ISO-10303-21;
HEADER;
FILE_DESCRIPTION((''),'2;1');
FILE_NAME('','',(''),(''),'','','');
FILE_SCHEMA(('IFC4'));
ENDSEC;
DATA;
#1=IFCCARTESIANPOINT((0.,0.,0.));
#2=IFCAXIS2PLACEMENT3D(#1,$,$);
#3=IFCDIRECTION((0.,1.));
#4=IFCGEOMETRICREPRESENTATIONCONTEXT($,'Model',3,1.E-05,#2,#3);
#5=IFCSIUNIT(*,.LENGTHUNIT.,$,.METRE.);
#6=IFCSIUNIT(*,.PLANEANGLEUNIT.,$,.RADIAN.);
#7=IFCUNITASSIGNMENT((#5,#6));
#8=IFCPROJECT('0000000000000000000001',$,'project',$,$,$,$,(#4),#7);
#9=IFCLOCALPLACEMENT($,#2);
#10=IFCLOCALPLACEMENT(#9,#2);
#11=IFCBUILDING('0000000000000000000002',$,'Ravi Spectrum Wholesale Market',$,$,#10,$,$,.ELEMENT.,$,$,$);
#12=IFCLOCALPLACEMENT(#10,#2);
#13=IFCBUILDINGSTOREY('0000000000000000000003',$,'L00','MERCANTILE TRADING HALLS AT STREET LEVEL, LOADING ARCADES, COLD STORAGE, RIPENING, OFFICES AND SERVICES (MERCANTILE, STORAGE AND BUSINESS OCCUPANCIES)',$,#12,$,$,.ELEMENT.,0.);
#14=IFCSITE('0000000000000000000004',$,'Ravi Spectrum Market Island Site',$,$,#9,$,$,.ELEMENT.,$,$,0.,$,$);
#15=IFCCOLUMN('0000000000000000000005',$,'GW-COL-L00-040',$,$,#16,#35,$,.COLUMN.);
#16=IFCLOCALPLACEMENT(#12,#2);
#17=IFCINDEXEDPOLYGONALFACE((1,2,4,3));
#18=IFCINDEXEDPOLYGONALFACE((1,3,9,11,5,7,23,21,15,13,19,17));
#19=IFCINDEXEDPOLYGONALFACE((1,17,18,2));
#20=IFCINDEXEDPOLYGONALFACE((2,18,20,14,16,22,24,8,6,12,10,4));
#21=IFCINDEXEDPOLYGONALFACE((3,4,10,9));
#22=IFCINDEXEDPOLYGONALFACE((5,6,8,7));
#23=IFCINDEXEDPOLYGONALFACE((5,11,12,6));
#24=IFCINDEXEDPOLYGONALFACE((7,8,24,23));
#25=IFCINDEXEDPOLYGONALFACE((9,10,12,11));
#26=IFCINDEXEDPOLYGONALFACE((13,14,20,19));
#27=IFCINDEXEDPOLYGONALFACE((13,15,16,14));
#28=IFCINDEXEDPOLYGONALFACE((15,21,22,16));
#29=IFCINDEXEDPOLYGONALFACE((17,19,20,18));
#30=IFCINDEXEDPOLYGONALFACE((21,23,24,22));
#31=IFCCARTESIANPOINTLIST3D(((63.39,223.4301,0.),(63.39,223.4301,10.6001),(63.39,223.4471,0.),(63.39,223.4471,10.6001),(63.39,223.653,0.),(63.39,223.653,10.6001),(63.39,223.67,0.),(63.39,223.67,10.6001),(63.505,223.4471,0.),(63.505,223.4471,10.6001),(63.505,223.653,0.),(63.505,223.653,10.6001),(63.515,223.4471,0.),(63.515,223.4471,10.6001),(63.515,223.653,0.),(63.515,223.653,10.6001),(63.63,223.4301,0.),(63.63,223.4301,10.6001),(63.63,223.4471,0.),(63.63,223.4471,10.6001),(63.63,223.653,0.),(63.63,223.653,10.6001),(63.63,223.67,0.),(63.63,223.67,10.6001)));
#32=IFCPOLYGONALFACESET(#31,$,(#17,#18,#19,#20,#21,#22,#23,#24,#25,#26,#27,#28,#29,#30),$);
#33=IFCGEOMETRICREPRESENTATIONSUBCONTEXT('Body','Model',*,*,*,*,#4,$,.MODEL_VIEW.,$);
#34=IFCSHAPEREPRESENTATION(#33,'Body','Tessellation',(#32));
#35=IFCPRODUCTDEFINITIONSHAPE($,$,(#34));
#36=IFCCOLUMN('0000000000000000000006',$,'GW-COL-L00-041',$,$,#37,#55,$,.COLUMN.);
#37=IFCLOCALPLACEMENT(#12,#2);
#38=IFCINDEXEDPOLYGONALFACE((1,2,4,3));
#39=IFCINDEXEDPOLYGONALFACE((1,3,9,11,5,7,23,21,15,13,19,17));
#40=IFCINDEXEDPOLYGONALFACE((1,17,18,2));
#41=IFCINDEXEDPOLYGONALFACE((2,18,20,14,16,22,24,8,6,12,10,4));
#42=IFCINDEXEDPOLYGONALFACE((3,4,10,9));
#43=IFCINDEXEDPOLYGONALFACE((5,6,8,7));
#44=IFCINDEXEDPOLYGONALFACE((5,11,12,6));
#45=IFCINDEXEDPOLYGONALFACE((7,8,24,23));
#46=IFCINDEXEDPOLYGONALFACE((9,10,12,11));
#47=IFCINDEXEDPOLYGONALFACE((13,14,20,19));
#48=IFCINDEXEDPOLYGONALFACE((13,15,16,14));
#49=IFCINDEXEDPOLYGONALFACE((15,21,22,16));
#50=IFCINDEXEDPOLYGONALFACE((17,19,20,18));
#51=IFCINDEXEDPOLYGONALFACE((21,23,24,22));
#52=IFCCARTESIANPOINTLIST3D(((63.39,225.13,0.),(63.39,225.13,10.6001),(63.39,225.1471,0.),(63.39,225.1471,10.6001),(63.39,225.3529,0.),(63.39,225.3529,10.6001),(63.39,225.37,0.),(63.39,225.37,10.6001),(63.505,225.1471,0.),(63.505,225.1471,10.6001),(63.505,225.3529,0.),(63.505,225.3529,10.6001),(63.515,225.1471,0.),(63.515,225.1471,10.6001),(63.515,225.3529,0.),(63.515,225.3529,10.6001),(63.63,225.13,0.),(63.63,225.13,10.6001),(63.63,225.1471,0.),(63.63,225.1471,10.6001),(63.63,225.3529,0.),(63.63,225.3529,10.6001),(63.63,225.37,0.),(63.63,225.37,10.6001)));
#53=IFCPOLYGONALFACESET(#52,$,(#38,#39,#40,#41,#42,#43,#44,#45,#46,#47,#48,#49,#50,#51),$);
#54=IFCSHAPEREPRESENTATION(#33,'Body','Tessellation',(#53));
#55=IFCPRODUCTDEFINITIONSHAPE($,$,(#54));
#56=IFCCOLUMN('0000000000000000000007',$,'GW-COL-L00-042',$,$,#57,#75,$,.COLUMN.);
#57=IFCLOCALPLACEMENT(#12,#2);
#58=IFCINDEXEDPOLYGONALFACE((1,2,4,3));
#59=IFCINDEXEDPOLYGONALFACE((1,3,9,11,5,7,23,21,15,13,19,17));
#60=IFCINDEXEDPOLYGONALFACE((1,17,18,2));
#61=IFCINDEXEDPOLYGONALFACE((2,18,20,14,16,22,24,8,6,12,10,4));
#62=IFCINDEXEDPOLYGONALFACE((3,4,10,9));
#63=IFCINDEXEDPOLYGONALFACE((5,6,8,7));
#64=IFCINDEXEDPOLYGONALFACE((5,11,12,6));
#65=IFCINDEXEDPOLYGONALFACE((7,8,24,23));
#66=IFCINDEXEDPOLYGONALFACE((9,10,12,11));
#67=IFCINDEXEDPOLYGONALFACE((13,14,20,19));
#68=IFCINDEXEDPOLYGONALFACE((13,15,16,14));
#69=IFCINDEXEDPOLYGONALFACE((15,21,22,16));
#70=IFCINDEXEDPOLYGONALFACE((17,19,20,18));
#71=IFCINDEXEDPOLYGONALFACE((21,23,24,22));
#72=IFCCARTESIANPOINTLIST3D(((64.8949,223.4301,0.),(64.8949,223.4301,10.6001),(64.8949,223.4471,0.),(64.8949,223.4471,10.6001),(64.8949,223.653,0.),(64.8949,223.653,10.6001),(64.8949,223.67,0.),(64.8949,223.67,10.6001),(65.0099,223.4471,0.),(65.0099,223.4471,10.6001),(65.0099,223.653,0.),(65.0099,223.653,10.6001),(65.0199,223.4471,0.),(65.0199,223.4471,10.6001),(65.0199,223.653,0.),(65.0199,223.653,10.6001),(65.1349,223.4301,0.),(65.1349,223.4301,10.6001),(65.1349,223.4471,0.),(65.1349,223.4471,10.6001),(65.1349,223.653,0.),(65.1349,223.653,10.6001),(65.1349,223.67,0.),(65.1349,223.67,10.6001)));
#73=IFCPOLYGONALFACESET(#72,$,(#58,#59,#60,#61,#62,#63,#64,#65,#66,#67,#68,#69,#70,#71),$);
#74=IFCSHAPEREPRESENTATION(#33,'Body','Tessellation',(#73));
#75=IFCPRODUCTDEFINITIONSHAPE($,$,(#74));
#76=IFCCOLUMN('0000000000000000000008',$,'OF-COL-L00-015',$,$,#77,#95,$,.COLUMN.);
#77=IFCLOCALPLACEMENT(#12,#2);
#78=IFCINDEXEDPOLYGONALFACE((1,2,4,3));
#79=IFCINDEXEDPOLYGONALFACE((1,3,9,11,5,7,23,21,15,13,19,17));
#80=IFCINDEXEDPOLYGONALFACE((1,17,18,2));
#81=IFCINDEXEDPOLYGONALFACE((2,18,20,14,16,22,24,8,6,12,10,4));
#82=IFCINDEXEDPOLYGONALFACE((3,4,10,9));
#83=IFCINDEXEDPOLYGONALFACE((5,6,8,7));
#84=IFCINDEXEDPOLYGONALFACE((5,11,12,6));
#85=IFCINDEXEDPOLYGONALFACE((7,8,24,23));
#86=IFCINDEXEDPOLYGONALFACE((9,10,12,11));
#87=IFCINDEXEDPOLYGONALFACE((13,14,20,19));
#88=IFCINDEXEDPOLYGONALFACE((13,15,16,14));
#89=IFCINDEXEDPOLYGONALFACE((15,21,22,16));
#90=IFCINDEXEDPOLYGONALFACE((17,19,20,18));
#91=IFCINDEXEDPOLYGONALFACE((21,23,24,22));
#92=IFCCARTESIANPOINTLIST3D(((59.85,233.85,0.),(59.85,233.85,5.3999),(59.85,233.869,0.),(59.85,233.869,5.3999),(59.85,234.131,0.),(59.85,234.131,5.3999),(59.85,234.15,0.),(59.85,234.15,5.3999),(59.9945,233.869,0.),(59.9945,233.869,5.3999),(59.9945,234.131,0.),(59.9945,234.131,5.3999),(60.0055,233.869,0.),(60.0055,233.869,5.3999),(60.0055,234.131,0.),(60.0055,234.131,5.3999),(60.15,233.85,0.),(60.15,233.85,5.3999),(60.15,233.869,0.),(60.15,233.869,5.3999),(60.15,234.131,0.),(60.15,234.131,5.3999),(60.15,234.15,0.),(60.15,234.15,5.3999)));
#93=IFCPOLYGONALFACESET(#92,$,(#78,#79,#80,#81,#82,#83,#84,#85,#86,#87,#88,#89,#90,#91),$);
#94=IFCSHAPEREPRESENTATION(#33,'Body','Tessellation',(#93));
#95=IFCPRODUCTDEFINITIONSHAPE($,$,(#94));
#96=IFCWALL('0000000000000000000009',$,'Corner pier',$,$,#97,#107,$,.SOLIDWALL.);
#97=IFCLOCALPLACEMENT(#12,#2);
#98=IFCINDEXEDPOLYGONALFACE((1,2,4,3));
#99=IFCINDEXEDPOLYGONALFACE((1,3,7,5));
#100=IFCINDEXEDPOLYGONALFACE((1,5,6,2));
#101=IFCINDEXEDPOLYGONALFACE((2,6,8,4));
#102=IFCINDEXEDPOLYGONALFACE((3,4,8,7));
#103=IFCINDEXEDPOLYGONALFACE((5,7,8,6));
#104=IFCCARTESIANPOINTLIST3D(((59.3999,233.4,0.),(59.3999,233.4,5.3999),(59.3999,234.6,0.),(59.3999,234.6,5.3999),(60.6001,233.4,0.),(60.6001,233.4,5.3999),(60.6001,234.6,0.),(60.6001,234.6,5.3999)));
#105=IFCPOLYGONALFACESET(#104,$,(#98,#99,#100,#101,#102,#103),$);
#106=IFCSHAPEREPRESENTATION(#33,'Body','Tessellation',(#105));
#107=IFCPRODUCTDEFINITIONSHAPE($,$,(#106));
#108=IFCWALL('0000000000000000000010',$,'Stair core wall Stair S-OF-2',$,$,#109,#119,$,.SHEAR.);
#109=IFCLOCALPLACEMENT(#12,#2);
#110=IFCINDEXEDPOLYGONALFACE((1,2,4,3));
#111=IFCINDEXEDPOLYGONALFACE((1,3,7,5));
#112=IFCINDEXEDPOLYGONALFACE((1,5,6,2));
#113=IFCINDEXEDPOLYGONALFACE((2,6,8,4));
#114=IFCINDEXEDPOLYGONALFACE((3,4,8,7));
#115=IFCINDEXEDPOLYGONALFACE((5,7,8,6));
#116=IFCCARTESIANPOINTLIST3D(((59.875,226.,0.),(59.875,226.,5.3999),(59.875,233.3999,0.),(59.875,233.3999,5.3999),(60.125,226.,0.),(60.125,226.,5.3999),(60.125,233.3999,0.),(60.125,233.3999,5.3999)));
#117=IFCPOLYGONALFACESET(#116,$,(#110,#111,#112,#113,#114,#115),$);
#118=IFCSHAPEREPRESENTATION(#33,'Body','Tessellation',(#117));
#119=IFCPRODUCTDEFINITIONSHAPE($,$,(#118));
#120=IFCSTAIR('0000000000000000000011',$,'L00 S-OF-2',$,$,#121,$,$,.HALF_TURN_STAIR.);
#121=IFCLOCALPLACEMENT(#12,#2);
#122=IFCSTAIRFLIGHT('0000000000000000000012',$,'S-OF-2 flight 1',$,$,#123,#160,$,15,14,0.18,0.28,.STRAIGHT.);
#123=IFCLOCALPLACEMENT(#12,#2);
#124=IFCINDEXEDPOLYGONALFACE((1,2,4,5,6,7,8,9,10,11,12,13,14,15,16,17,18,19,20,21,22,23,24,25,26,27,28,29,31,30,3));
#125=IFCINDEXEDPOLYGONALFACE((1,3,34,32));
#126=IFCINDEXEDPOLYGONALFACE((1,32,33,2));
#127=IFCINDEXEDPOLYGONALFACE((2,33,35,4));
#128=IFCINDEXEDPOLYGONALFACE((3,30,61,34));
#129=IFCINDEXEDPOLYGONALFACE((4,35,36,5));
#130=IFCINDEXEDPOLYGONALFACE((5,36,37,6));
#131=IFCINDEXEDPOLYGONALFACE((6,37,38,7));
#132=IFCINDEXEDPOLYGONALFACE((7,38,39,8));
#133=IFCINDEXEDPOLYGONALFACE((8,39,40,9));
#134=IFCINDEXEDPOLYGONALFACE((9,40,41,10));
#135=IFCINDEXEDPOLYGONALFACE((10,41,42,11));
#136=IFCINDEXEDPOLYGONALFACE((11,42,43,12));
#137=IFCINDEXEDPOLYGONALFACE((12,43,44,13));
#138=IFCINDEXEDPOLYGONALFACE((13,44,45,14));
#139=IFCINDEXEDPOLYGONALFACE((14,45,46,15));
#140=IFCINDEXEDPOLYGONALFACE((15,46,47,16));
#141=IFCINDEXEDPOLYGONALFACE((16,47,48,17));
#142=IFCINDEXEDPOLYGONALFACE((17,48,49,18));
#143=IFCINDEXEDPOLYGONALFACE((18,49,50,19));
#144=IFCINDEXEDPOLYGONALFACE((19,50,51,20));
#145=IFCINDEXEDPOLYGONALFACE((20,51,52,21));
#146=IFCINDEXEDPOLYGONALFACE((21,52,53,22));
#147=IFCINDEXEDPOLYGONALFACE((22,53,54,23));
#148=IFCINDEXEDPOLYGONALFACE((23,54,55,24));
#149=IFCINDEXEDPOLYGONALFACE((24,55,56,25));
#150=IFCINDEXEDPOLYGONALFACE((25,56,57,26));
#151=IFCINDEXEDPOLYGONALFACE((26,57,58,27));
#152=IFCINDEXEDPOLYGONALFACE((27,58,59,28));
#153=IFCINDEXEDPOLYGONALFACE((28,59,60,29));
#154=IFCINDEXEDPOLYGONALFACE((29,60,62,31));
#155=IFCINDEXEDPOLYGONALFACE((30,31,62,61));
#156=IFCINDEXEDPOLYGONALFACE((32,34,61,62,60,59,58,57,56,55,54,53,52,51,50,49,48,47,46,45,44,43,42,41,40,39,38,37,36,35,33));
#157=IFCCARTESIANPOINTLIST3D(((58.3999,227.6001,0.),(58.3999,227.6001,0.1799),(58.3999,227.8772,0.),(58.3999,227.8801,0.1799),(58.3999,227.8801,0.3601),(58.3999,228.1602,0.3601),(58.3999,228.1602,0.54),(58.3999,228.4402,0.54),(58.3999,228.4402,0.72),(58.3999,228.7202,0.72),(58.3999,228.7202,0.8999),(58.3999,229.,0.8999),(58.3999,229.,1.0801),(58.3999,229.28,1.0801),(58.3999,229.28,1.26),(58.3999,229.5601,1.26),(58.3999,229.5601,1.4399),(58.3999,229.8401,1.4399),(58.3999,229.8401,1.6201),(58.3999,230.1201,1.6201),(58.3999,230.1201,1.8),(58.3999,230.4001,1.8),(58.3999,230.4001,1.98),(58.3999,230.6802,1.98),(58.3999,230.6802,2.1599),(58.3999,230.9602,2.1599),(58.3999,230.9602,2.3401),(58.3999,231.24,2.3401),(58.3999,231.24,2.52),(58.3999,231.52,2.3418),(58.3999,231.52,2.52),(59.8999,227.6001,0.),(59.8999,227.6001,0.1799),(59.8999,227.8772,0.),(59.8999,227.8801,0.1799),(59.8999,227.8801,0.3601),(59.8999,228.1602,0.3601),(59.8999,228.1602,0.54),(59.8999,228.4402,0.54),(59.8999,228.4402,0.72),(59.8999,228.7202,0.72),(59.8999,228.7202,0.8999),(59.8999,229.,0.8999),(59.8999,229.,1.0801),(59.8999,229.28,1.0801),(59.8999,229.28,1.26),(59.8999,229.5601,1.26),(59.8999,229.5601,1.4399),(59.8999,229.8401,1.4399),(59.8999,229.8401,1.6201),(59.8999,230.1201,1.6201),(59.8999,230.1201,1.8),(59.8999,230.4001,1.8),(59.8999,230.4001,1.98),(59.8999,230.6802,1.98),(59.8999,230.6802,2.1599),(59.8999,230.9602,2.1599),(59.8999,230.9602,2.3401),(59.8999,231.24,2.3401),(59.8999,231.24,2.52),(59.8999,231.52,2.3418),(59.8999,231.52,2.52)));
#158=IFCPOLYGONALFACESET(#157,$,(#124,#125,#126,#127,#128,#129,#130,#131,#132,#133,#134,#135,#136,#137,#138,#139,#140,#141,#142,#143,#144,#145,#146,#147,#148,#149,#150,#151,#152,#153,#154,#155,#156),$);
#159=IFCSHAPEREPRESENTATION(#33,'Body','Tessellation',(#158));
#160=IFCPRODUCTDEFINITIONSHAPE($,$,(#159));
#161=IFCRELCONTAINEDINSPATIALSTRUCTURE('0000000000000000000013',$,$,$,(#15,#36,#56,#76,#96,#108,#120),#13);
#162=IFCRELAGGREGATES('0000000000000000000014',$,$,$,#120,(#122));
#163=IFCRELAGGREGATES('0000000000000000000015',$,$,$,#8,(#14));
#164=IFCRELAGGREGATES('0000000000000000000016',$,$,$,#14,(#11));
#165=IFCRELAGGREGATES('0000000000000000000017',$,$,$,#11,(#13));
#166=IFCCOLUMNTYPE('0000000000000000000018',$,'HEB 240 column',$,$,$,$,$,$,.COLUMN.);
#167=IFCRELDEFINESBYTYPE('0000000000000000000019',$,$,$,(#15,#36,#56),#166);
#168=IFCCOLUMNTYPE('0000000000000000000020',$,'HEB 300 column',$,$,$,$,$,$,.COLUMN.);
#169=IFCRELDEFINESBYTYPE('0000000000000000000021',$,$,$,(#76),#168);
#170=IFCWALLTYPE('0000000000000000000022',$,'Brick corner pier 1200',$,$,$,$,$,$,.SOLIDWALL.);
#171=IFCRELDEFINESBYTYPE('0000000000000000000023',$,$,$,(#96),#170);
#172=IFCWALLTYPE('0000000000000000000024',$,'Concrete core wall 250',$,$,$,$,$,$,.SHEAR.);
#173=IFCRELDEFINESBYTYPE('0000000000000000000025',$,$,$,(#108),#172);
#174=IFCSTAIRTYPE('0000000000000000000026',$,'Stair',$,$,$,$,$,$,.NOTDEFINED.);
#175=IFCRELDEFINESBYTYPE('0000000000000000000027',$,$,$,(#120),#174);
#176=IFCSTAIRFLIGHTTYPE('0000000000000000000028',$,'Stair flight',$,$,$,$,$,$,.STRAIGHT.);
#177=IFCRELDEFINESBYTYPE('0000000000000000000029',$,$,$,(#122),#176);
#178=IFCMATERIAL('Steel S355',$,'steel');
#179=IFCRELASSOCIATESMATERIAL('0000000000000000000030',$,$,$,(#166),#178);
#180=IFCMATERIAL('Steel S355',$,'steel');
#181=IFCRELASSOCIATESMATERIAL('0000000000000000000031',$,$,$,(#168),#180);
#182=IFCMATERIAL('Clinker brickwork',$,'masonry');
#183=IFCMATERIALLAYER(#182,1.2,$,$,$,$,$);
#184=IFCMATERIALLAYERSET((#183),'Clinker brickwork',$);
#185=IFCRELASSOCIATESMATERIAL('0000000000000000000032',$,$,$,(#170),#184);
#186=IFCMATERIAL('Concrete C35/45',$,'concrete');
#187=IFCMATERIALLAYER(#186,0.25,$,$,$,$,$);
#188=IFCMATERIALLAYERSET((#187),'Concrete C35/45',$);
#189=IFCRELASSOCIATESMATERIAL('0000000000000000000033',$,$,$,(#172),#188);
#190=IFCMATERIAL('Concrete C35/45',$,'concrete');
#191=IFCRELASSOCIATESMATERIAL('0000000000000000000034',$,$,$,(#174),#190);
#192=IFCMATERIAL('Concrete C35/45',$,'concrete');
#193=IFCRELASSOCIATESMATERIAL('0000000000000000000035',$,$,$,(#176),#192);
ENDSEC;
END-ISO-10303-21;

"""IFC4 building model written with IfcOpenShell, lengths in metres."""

from ifc_helpers import new_model, si_unit, direction, frame, frame_2d, origin, origin_2d, place, context, subcontext, project, spatial, polyline, rectangle, i_section, outline, extrude, material, layer, layer_set, material_profile, profile_set, type_object, element, aggregate, save


model = new_model("IFC4")

# Units and contexts
model_context = context("Model", 3, precision=1e-05, world=origin(), true_north=direction((0.0, 1.0)))
body_context = subcontext(model_context, "Body", "Model", "MODEL_VIEW")
ifc_project = project(units=[si_unit("LENGTHUNIT", "METRE"), si_unit("PLANEANGLEUNIT", "RADIAN")], contexts=[model_context])

# Site, building, storey
site_placement = place(None, origin())
site = spatial("IfcSite", under=ifc_project, at=site_placement, Name="Ravi Spectrum Market Island Site", CompositionType="ELEMENT", RefElevation=0.0)
building_placement = place(site_placement, origin())
building = spatial("IfcBuilding", under=site, at=building_placement, Name="Ravi Spectrum Wholesale Market", CompositionType="ELEMENT")
storey_placement = place(building_placement, origin())
storey = spatial("IfcBuildingStorey", under=building, at=storey_placement, Name="L00", Description="MERCANTILE TRADING HALLS AT STREET LEVEL, LOADING ARCADES, COLD STORAGE, RIPENING, OFFICES AND SERVICES (MERCANTILE, STORAGE AND BUSINESS OCCUPANCIES)", CompositionType="ELEMENT", Elevation=0.0)

# Columns
ifc_material_1 = material(Name="Steel S355", Category="steel")
ifc_material_profile_1 = material_profile(ifc_material_1, i_section(OverallWidth=0.24, OverallDepth=0.24, WebThickness=0.01, FlangeThickness=0.0171, at=origin_2d()))
ifc_profile_set_1 = profile_set([ifc_material_profile_1], Name="Steel S355")
column_type_1 = type_object("IfcColumnType", Name="HEB 240 column", PredefinedType="COLUMN", material=ifc_profile_set_1)
for number, where, z_axis, x_axis, name in (
    (1, (63.51, 223.55, 0.0), (0.0, 0.0, 1.0), (1.0, 0.0, 0.0), "GW-COL-L00-040"),
    (2, (63.51, 225.25, 0.0), (0.0, 0.0, 1.0), (1.0, 0.0, 0.0), "GW-COL-L00-041"),
    (3, (65.0149, 223.55, 0.0), (0.0, 0.0, 1.0), (1.0, 0.0, 0.0), "GW-COL-L00-042"),
):
    element("IfcColumn", number, at=place(storey_placement, frame(where, z_axis=z_axis, x_axis=x_axis)), inside=storey, type_object=column_type_1, Name=name, PredefinedType="COLUMN", context=body_context, shape_type="SweptSolid", body=[
        extrude(i_section(OverallWidth=0.24, OverallDepth=0.24, WebThickness=0.01, FlangeThickness=0.0171, at=origin_2d()), origin(), (0.0, 0.0, 1.0), 10.6001),
    ])
ifc_material_2 = material(Name="Steel S355", Category="steel")
ifc_material_profile_2 = material_profile(ifc_material_2, i_section(OverallWidth=0.3, OverallDepth=0.3, WebThickness=0.011, FlangeThickness=0.019, at=origin_2d()))
ifc_profile_set_2 = profile_set([ifc_material_profile_2], Name="Steel S355")
column_type_2 = type_object("IfcColumnType", Name="HEB 300 column", PredefinedType="COLUMN", material=ifc_profile_set_2)
column_placement = place(storey_placement, frame((60.0, 234.0, 0.0), z_axis=(0.0, 0.0, 1.0), x_axis=(1.0, 0.0, 0.0)))
element("IfcColumn", 4, at=column_placement, inside=storey, type_object=column_type_2, Name="OF-COL-L00-015", PredefinedType="COLUMN", context=body_context, shape_type="SweptSolid", body=[
    extrude(i_section(OverallWidth=0.3, OverallDepth=0.3, WebThickness=0.011, FlangeThickness=0.019, at=origin_2d()), origin(), (0.0, 0.0, 1.0), 5.3999),
])

# Walls
ifc_material_3 = material(Name="Clinker brickwork", Category="masonry")
ifc_layer_1 = layer(ifc_material_3, 1.2)
ifc_layer_set_1 = layer_set([ifc_layer_1], Name="Clinker brickwork")
wall_type_1 = type_object("IfcWallType", Name="Brick corner pier 1200", PredefinedType="SOLIDWALL", material=ifc_layer_set_1)
wall_1_placement = place(storey_placement, frame((59.3999, 234.0, 0.0), z_axis=(0.0, 0.0, 1.0), x_axis=(1.0, 0.0, 0.0)))
element("IfcWall", 5, at=wall_1_placement, inside=storey, type_object=wall_type_1, Name="Corner pier", PredefinedType="SOLIDWALL", context=body_context, shape_type="SweptSolid", body=[
    extrude(rectangle(XDim=1.2002, YDim=1.2, at=frame_2d((0.6001, 0.0))), origin(), (0.0, 0.0, 1.0), 5.3999),
])
ifc_material_4 = material(Name="Concrete C35/45", Category="concrete")
ifc_layer_2 = layer(ifc_material_4, 0.25)
ifc_layer_set_2 = layer_set([ifc_layer_2], Name="Concrete C35/45")
wall_type_2 = type_object("IfcWallType", Name="Concrete core wall 250", PredefinedType="SHEAR", material=ifc_layer_set_2)
wall_2_placement = place(storey_placement, frame((60.0, 226.0, 0.0), z_axis=(0.0, 0.0, 1.0), x_axis=(0.0, 1.0, 0.0)))
element("IfcWall", 6, at=wall_2_placement, inside=storey, type_object=wall_type_2, Name="Stair core wall Stair S-OF-2", PredefinedType="SHEAR", context=body_context, shape_type="SweptSolid", body=[
    extrude(rectangle(XDim=7.3999, YDim=0.25, at=frame_2d((3.7, 0.0))), origin(), (0.0, 0.0, 1.0), 5.3999),
])

# Stair, stair flight
ifc_material_5 = material(Name="Concrete C35/45", Category="concrete")
stair_type = type_object("IfcStairType", Name="Stair", PredefinedType="NOTDEFINED", material=ifc_material_5)
stair_placement = place(storey_placement, origin())
stair = element("IfcStair", 7, at=stair_placement, inside=storey, type_object=stair_type, Name="L00 S-OF-2", PredefinedType="HALF_TURN_STAIR")
ifc_material_6 = material(Name="Concrete C35/45", Category="concrete")
stair_flight_type = type_object("IfcStairFlightType", Name="Stair flight", PredefinedType="STRAIGHT", material=ifc_material_6)
stair_flight_placement = place(storey_placement, frame((59.1499, 227.6001, 0.0), z_axis=(0.0, 0.0, 1.0), x_axis=(0.0, 1.0, 0.0)))
stair_flight = element("IfcStairFlight", 8, at=stair_flight_placement, type_object=stair_flight_type, Name="S-OF-2 flight 1", NumberOfRisers=15, NumberOfTreads=14, PredefinedType="STRAIGHT", RiserHeight=0.18, TreadLength=0.28, context=body_context, shape_type="SweptSolid", body=[
    extrude(outline(polyline([(0.0, 0.0), (0.0, 0.1799), (0.28, 0.1799), (0.28, 0.3601), (0.5601, 0.3601), (0.5601, 0.54), (0.8401, 0.54), (0.8401, 0.72), (1.1201, 0.72), (1.1201, 0.8999), (1.3999, 0.8999), (1.3999, 1.0801), (1.6799, 1.0801), (1.6799, 1.26), (1.96, 1.26), (1.96, 1.4399), (2.24, 1.4399), (2.24, 1.6201), (2.52, 1.6201), (2.52, 1.8), (2.8, 1.8), (2.8, 1.98), (3.0801, 1.98), (3.0801, 2.1599), (3.3601, 2.1599), (3.3601, 2.3401), (3.6399, 2.3401), (3.6399, 2.52), (3.9199, 2.52), (3.9199, 2.7), (3.9199, 2.3418), (0.2771, 0.0), (0.0, 0.0)])), frame((0.0, 0.75, 0.0), z_axis=(0.0, -1.0, 0.0), x_axis=(1.0, 0.0, 0.0)), (0.0, 0.0, 1.0), 1.5),
])
aggregate(stair, [stair_flight])

save(model, "model.ifc")
